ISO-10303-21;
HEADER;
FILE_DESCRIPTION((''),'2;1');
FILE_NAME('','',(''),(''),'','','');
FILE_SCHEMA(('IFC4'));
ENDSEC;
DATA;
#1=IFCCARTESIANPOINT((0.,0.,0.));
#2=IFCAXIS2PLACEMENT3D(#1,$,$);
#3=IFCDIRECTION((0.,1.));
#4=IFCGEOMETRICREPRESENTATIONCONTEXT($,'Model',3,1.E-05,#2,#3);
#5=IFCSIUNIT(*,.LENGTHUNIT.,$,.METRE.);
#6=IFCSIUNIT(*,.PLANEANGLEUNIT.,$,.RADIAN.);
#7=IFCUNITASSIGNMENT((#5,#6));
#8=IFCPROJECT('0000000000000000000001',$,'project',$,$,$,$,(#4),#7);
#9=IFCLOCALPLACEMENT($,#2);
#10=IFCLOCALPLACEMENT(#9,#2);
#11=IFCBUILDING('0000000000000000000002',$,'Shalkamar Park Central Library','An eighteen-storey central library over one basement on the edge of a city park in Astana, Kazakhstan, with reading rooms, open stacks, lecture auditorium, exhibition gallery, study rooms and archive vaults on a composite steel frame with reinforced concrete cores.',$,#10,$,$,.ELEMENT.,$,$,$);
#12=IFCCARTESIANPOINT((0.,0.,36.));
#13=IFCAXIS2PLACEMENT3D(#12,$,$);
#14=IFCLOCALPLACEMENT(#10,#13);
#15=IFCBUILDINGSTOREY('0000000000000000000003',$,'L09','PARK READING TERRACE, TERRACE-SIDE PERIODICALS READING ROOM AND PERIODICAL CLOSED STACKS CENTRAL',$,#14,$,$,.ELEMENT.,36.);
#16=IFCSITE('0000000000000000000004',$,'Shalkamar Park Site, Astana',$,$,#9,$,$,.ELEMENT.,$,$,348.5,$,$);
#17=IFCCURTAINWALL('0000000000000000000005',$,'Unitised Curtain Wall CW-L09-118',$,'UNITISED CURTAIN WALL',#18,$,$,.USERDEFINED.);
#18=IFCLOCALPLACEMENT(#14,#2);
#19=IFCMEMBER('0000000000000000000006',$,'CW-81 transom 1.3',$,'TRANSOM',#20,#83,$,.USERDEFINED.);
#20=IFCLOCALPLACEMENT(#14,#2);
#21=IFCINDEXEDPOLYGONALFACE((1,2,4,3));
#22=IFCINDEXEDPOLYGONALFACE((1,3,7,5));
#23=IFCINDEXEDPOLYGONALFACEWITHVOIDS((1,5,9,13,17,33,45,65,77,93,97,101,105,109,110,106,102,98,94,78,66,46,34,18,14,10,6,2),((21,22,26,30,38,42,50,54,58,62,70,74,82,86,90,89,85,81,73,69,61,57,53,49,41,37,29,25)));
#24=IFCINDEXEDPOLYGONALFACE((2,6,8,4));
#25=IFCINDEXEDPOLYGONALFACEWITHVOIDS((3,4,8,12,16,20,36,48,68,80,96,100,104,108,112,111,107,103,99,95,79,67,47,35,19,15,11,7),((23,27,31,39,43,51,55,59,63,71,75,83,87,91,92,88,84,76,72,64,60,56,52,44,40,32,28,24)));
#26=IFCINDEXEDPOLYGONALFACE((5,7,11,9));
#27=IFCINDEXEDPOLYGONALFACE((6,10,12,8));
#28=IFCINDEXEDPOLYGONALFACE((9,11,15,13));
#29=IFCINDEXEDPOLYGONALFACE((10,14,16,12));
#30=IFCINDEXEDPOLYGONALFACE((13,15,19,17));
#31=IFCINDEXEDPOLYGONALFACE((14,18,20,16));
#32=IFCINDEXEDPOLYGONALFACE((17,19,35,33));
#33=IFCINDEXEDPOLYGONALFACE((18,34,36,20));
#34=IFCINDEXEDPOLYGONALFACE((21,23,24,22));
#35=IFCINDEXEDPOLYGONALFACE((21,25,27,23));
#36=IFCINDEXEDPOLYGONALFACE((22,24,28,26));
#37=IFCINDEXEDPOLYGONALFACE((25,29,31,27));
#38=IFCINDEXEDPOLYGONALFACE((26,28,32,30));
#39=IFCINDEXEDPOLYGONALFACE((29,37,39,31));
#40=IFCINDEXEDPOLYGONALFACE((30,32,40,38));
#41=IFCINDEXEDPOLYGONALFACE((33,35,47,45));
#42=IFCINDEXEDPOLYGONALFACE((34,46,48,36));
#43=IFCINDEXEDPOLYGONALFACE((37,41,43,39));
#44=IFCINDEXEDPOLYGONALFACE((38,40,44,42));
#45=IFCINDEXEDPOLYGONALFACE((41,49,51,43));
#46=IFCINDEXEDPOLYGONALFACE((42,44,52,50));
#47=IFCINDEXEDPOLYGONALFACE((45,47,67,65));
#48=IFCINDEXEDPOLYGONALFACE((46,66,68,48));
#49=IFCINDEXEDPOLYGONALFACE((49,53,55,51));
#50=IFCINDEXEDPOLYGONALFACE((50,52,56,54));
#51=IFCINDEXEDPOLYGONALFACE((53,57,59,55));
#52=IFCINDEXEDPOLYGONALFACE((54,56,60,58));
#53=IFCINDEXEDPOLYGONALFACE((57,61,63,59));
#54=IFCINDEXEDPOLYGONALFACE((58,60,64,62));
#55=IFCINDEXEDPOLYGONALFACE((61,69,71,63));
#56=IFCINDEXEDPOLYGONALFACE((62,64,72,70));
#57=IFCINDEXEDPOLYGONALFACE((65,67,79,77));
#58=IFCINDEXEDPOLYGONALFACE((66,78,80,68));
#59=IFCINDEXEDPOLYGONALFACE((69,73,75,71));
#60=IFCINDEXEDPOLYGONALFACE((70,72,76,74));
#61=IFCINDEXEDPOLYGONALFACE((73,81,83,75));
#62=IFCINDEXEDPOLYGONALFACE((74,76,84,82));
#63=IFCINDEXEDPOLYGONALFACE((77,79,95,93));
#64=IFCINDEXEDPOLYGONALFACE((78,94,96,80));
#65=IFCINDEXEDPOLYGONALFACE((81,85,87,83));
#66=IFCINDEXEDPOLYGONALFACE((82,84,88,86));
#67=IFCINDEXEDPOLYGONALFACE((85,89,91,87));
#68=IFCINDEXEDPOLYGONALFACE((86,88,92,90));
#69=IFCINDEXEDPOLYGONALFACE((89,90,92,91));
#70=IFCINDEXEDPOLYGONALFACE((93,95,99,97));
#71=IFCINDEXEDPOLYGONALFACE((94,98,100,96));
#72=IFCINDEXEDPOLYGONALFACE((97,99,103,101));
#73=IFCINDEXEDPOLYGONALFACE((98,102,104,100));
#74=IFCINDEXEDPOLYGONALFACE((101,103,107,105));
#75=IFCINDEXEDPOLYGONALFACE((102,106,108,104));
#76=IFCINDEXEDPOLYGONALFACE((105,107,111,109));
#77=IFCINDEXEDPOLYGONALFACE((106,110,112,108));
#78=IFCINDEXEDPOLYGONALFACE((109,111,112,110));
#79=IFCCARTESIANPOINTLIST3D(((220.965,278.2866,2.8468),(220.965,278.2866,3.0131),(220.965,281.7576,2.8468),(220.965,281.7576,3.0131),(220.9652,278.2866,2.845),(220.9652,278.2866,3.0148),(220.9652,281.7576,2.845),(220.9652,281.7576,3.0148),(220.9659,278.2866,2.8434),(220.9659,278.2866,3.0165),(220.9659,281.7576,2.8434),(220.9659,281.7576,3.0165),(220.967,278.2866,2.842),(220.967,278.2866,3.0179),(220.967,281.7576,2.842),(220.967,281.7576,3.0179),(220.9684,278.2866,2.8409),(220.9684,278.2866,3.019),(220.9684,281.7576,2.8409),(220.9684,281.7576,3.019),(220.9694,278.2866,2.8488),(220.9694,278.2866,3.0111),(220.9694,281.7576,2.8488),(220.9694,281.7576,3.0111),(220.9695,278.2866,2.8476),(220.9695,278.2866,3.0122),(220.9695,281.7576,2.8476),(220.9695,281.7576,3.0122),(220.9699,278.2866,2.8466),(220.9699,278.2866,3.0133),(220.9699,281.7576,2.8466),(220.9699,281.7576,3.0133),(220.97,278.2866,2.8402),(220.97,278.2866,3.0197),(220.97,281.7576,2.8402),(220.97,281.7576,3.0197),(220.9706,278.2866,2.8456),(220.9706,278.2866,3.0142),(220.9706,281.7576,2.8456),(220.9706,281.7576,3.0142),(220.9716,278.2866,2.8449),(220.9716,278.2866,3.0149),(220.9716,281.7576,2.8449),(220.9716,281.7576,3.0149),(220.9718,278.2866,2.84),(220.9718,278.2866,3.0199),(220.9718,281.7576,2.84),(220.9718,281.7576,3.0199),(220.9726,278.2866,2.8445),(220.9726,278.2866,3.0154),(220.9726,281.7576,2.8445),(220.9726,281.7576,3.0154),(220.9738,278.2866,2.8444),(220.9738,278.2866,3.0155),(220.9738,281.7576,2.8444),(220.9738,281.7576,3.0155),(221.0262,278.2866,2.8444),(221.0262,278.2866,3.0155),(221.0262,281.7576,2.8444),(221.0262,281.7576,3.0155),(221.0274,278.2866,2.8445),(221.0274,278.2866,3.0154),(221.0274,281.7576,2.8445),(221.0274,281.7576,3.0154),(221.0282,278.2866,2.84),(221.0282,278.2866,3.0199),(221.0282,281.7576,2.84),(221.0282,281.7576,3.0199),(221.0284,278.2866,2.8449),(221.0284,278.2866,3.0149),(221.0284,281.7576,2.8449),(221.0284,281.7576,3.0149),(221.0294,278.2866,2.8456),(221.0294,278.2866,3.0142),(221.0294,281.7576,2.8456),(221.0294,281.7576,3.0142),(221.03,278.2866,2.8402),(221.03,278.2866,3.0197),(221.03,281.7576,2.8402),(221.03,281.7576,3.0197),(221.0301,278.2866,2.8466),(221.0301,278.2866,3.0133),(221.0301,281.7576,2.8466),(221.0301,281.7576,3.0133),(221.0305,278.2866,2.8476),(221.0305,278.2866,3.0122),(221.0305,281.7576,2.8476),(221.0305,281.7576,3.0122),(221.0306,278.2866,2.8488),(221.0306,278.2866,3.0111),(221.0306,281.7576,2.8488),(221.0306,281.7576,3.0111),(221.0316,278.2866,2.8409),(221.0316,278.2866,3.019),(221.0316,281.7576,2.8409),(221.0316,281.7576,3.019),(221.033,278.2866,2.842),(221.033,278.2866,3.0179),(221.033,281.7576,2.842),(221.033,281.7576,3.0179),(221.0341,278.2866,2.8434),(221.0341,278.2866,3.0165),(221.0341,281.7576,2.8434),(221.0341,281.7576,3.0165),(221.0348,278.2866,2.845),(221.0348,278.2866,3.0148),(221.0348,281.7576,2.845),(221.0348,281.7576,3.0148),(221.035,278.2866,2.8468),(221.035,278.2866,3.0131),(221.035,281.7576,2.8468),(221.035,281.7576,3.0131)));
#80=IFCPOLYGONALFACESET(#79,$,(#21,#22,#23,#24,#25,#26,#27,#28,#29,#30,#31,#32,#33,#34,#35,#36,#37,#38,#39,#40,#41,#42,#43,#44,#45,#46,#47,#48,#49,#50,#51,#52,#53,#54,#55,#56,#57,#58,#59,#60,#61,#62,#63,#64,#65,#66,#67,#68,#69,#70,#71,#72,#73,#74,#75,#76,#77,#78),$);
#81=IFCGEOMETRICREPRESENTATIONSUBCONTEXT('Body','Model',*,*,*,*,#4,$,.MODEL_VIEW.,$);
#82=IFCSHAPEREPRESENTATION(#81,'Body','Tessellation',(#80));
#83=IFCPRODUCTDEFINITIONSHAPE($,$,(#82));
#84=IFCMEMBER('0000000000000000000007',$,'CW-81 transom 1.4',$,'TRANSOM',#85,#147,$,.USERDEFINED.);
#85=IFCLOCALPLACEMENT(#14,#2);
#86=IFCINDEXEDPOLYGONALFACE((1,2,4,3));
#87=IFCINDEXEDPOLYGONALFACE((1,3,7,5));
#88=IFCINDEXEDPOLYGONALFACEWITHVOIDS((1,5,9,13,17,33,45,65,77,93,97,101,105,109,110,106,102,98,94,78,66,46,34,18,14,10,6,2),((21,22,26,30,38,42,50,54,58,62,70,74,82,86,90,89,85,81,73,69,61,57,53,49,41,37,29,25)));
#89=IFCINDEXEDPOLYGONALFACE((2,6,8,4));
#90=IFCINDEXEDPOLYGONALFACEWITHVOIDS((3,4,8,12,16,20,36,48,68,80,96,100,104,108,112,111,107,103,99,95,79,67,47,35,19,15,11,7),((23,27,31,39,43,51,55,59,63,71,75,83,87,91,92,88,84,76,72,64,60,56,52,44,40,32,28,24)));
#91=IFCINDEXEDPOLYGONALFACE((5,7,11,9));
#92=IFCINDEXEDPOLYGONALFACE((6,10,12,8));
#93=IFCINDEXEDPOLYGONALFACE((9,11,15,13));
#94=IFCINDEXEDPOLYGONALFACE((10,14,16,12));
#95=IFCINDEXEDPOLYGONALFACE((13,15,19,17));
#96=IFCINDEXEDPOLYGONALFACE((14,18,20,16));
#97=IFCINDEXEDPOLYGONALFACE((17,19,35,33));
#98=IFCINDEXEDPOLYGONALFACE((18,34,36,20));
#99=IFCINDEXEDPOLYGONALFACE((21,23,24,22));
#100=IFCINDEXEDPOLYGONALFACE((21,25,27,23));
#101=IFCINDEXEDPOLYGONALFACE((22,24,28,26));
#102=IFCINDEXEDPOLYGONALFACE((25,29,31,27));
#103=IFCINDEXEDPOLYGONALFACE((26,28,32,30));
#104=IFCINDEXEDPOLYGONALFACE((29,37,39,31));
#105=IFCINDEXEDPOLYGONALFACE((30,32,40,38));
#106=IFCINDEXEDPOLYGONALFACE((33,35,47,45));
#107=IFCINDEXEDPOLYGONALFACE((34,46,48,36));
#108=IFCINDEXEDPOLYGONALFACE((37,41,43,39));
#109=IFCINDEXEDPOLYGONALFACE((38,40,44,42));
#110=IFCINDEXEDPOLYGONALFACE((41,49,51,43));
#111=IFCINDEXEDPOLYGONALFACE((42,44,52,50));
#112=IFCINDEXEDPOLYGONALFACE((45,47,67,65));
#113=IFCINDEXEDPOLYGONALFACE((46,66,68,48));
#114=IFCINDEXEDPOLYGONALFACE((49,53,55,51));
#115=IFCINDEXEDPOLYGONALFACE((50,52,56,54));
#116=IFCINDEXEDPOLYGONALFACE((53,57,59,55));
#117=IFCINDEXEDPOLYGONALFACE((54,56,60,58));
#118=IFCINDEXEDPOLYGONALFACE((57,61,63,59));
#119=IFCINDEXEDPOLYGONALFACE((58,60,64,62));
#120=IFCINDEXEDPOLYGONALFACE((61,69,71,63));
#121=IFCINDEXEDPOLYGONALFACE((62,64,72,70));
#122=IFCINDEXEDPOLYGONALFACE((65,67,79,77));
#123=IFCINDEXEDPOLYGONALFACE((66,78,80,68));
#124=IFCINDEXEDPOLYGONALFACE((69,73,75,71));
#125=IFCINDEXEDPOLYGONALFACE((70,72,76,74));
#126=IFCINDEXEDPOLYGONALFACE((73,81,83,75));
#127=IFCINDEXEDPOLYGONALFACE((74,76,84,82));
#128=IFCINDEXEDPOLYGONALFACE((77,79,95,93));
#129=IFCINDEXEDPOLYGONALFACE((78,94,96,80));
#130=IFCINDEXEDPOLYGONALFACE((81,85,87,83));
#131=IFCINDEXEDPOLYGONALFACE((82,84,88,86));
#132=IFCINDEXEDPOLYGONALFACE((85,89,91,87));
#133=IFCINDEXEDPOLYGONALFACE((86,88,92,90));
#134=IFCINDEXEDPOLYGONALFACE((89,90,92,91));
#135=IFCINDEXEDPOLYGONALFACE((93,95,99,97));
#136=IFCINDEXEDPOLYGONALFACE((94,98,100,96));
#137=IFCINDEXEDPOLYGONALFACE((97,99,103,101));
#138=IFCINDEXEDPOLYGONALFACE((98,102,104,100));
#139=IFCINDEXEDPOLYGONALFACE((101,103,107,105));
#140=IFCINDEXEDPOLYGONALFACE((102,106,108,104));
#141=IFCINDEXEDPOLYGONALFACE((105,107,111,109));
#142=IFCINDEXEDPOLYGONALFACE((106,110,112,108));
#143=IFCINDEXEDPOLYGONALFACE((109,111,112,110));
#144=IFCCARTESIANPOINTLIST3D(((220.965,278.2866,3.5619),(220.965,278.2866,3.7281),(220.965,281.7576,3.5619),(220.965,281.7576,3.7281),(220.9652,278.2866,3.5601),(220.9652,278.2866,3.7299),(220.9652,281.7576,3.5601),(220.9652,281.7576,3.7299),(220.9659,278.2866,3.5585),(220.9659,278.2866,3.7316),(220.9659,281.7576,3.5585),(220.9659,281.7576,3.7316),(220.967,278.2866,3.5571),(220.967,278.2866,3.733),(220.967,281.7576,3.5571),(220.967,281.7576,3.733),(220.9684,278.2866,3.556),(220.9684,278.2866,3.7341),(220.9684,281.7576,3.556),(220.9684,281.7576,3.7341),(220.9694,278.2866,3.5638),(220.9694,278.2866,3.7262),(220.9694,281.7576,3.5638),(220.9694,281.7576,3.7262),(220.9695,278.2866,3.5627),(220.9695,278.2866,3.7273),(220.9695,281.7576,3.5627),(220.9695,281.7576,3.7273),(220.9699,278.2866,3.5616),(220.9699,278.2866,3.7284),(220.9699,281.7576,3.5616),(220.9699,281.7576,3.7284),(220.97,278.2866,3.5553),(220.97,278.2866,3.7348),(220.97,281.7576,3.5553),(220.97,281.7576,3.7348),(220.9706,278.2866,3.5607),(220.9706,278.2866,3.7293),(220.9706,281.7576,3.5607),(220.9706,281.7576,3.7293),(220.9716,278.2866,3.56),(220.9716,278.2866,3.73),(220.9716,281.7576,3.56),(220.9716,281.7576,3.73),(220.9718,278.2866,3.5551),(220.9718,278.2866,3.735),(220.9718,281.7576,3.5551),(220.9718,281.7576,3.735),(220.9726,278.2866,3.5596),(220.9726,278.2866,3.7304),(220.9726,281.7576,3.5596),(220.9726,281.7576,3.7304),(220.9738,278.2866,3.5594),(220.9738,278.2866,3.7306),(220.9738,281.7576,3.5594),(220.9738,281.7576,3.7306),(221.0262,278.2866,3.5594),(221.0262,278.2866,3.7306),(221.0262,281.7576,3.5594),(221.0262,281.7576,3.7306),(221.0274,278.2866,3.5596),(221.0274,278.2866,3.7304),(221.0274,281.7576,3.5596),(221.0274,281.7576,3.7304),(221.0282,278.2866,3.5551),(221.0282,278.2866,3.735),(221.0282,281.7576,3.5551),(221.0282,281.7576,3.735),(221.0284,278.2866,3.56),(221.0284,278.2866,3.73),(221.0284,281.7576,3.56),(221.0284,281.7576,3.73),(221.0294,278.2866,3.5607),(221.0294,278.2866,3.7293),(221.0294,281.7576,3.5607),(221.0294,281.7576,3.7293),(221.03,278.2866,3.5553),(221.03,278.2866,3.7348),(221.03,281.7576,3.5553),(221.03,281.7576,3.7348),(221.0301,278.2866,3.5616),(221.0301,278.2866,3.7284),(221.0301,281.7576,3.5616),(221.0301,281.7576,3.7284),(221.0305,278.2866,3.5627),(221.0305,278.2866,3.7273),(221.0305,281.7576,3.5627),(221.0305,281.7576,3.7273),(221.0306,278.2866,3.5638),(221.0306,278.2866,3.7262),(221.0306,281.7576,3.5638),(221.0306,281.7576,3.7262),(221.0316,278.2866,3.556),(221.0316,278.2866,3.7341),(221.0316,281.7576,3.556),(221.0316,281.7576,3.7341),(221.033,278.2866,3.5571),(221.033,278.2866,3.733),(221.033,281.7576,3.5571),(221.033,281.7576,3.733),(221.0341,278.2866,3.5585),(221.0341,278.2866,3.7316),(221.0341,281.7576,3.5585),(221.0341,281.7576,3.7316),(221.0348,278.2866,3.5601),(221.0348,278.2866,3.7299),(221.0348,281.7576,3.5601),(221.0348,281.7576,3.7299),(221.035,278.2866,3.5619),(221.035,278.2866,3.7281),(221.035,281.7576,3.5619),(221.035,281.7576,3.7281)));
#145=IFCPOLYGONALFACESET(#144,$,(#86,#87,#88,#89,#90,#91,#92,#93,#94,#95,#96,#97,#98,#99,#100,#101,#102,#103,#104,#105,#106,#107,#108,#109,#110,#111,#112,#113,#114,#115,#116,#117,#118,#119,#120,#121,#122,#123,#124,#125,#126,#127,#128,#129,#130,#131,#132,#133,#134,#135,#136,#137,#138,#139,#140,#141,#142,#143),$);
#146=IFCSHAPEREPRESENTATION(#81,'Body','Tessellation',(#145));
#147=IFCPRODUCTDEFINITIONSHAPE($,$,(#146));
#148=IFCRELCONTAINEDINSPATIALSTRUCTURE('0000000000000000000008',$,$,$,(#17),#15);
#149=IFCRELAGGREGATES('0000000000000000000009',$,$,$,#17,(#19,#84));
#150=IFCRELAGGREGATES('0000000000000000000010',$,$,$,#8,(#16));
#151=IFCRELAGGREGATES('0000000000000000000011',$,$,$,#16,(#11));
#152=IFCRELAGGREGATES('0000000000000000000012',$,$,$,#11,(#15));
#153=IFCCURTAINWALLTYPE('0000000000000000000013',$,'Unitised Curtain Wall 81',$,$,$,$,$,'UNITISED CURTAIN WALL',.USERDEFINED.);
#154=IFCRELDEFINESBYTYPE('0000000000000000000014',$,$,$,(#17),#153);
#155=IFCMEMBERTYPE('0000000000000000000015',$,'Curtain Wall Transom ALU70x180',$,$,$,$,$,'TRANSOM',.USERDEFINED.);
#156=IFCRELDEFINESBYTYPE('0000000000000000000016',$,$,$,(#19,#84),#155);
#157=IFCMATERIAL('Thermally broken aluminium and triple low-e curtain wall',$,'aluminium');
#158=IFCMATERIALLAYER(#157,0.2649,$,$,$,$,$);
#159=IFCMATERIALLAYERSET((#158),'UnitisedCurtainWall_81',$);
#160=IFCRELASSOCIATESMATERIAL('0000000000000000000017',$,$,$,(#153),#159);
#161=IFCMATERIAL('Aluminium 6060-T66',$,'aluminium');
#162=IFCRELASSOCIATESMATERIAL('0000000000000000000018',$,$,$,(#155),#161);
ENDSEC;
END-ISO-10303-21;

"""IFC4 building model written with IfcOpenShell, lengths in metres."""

from ifc_helpers import new_model, si_unit, direction, frame, origin, origin_2d, place, context, subcontext, project, spatial, hollow_rectangle, extrude, material, layer, layer_set, material_profile, profile_set, type_object, element, aggregate, save


model = new_model("IFC4")

# Units and contexts
model_context = context("Model", 3, precision=1e-05, world=origin(), true_north=direction((0.0, 1.0)))
body_context = subcontext(model_context, "Body", "Model", "MODEL_VIEW")
ifc_project = project(units=[si_unit("LENGTHUNIT", "METRE"), si_unit("PLANEANGLEUNIT", "RADIAN")], contexts=[model_context])

# Site, building, storey
site_placement = place(None, origin())
site = spatial("IfcSite", under=ifc_project, at=site_placement, Name="Shalkamar Park Site, Astana", CompositionType="ELEMENT", RefElevation=348.5)
building_placement = place(site_placement, origin())
building = spatial("IfcBuilding", under=site, at=building_placement, Name="Shalkamar Park Central Library", Description="An eighteen-storey central library over one basement on the edge of a city park in Astana, Kazakhstan, with reading rooms, open stacks, lecture auditorium, exhibition gallery, study rooms and archive vaults on a composite steel frame with reinforced concrete cores.", CompositionType="ELEMENT")
storey_placement = place(building_placement, frame((0.0, 0.0, 36.0)))
storey = spatial("IfcBuildingStorey", under=building, at=storey_placement, Name="L09", Description="PARK READING TERRACE, TERRACE-SIDE PERIODICALS READING ROOM AND PERIODICAL CLOSED STACKS CENTRAL", CompositionType="ELEMENT", Elevation=36.0)

# Curtain wall, members
ifc_material_1 = material(Name="Thermally broken aluminium and triple low-e curtain wall", Category="aluminium")
ifc_layer_1 = layer(ifc_material_1, 0.2649)
ifc_layer_set_1 = layer_set([ifc_layer_1], Name="UnitisedCurtainWall_81")
curtain_wall_type = type_object("IfcCurtainWallType", Name="Unitised Curtain Wall 81", ElementType="UNITISED CURTAIN WALL", PredefinedType="USERDEFINED", material=ifc_layer_set_1)
curtain_wall_placement = place(storey_placement, origin())
curtain_wall = element("IfcCurtainWall", 1, at=curtain_wall_placement, inside=storey, type_object=curtain_wall_type, Name="Unitised Curtain Wall CW-L09-118", ObjectType="UNITISED CURTAIN WALL", PredefinedType="USERDEFINED")
ifc_material_2 = material(Name="Aluminium 6060-T66", Category="aluminium")
ifc_material_profile_1 = material_profile(ifc_material_2, hollow_rectangle(XDim=0.0701, YDim=0.1799, WallThickness=0.0044, InnerFilletRadius=0.0044, OuterFilletRadius=0.0068, at=origin_2d()), Name="ALU 70x180x4.5")
ifc_profile_set_1 = profile_set([ifc_material_profile_1], Name="Aluminium 6060-T66")
member_type_1 = type_object("IfcMemberType", Name="Curtain Wall Transom ALU70x180", ElementType="TRANSOM", PredefinedType="USERDEFINED", material=ifc_profile_set_1)
member_1_placement = place(storey_placement, frame((221.0, 278.2866, 2.9299), z_axis=(0.0, 1.0, 0.0), x_axis=(-1.0, 0.0, 0.0)))
member_1 = element("IfcMember", 2, at=member_1_placement, type_object=member_type_1, Name="CW-81 transom 1.3", ObjectType="TRANSOM", PredefinedType="USERDEFINED", context=body_context, shape_type="SweptSolid", body=[
    extrude(hollow_rectangle(XDim=0.0701, YDim=0.1799, WallThickness=0.0044, InnerFilletRadius=0.0044, OuterFilletRadius=0.0068, at=origin_2d()), origin(), (0.0, 0.0, 1.0), 3.4709),
])
member_2_placement = place(storey_placement, frame((221.0, 278.2866, 3.645), z_axis=(0.0, 1.0, 0.0), x_axis=(-1.0, 0.0, 0.0)))
member_2 = element("IfcMember", 3, at=member_2_placement, type_object=member_type_1, Name="CW-81 transom 1.4", ObjectType="TRANSOM", PredefinedType="USERDEFINED", context=body_context, shape_type="SweptSolid", body=[
    extrude(hollow_rectangle(XDim=0.0701, YDim=0.1799, WallThickness=0.0044, InnerFilletRadius=0.0044, OuterFilletRadius=0.0068, at=origin_2d()), origin(), (0.0, 0.0, 1.0), 3.4709),
])

aggregate(curtain_wall, [member_1, member_2])

save(model, "model.ifc")
